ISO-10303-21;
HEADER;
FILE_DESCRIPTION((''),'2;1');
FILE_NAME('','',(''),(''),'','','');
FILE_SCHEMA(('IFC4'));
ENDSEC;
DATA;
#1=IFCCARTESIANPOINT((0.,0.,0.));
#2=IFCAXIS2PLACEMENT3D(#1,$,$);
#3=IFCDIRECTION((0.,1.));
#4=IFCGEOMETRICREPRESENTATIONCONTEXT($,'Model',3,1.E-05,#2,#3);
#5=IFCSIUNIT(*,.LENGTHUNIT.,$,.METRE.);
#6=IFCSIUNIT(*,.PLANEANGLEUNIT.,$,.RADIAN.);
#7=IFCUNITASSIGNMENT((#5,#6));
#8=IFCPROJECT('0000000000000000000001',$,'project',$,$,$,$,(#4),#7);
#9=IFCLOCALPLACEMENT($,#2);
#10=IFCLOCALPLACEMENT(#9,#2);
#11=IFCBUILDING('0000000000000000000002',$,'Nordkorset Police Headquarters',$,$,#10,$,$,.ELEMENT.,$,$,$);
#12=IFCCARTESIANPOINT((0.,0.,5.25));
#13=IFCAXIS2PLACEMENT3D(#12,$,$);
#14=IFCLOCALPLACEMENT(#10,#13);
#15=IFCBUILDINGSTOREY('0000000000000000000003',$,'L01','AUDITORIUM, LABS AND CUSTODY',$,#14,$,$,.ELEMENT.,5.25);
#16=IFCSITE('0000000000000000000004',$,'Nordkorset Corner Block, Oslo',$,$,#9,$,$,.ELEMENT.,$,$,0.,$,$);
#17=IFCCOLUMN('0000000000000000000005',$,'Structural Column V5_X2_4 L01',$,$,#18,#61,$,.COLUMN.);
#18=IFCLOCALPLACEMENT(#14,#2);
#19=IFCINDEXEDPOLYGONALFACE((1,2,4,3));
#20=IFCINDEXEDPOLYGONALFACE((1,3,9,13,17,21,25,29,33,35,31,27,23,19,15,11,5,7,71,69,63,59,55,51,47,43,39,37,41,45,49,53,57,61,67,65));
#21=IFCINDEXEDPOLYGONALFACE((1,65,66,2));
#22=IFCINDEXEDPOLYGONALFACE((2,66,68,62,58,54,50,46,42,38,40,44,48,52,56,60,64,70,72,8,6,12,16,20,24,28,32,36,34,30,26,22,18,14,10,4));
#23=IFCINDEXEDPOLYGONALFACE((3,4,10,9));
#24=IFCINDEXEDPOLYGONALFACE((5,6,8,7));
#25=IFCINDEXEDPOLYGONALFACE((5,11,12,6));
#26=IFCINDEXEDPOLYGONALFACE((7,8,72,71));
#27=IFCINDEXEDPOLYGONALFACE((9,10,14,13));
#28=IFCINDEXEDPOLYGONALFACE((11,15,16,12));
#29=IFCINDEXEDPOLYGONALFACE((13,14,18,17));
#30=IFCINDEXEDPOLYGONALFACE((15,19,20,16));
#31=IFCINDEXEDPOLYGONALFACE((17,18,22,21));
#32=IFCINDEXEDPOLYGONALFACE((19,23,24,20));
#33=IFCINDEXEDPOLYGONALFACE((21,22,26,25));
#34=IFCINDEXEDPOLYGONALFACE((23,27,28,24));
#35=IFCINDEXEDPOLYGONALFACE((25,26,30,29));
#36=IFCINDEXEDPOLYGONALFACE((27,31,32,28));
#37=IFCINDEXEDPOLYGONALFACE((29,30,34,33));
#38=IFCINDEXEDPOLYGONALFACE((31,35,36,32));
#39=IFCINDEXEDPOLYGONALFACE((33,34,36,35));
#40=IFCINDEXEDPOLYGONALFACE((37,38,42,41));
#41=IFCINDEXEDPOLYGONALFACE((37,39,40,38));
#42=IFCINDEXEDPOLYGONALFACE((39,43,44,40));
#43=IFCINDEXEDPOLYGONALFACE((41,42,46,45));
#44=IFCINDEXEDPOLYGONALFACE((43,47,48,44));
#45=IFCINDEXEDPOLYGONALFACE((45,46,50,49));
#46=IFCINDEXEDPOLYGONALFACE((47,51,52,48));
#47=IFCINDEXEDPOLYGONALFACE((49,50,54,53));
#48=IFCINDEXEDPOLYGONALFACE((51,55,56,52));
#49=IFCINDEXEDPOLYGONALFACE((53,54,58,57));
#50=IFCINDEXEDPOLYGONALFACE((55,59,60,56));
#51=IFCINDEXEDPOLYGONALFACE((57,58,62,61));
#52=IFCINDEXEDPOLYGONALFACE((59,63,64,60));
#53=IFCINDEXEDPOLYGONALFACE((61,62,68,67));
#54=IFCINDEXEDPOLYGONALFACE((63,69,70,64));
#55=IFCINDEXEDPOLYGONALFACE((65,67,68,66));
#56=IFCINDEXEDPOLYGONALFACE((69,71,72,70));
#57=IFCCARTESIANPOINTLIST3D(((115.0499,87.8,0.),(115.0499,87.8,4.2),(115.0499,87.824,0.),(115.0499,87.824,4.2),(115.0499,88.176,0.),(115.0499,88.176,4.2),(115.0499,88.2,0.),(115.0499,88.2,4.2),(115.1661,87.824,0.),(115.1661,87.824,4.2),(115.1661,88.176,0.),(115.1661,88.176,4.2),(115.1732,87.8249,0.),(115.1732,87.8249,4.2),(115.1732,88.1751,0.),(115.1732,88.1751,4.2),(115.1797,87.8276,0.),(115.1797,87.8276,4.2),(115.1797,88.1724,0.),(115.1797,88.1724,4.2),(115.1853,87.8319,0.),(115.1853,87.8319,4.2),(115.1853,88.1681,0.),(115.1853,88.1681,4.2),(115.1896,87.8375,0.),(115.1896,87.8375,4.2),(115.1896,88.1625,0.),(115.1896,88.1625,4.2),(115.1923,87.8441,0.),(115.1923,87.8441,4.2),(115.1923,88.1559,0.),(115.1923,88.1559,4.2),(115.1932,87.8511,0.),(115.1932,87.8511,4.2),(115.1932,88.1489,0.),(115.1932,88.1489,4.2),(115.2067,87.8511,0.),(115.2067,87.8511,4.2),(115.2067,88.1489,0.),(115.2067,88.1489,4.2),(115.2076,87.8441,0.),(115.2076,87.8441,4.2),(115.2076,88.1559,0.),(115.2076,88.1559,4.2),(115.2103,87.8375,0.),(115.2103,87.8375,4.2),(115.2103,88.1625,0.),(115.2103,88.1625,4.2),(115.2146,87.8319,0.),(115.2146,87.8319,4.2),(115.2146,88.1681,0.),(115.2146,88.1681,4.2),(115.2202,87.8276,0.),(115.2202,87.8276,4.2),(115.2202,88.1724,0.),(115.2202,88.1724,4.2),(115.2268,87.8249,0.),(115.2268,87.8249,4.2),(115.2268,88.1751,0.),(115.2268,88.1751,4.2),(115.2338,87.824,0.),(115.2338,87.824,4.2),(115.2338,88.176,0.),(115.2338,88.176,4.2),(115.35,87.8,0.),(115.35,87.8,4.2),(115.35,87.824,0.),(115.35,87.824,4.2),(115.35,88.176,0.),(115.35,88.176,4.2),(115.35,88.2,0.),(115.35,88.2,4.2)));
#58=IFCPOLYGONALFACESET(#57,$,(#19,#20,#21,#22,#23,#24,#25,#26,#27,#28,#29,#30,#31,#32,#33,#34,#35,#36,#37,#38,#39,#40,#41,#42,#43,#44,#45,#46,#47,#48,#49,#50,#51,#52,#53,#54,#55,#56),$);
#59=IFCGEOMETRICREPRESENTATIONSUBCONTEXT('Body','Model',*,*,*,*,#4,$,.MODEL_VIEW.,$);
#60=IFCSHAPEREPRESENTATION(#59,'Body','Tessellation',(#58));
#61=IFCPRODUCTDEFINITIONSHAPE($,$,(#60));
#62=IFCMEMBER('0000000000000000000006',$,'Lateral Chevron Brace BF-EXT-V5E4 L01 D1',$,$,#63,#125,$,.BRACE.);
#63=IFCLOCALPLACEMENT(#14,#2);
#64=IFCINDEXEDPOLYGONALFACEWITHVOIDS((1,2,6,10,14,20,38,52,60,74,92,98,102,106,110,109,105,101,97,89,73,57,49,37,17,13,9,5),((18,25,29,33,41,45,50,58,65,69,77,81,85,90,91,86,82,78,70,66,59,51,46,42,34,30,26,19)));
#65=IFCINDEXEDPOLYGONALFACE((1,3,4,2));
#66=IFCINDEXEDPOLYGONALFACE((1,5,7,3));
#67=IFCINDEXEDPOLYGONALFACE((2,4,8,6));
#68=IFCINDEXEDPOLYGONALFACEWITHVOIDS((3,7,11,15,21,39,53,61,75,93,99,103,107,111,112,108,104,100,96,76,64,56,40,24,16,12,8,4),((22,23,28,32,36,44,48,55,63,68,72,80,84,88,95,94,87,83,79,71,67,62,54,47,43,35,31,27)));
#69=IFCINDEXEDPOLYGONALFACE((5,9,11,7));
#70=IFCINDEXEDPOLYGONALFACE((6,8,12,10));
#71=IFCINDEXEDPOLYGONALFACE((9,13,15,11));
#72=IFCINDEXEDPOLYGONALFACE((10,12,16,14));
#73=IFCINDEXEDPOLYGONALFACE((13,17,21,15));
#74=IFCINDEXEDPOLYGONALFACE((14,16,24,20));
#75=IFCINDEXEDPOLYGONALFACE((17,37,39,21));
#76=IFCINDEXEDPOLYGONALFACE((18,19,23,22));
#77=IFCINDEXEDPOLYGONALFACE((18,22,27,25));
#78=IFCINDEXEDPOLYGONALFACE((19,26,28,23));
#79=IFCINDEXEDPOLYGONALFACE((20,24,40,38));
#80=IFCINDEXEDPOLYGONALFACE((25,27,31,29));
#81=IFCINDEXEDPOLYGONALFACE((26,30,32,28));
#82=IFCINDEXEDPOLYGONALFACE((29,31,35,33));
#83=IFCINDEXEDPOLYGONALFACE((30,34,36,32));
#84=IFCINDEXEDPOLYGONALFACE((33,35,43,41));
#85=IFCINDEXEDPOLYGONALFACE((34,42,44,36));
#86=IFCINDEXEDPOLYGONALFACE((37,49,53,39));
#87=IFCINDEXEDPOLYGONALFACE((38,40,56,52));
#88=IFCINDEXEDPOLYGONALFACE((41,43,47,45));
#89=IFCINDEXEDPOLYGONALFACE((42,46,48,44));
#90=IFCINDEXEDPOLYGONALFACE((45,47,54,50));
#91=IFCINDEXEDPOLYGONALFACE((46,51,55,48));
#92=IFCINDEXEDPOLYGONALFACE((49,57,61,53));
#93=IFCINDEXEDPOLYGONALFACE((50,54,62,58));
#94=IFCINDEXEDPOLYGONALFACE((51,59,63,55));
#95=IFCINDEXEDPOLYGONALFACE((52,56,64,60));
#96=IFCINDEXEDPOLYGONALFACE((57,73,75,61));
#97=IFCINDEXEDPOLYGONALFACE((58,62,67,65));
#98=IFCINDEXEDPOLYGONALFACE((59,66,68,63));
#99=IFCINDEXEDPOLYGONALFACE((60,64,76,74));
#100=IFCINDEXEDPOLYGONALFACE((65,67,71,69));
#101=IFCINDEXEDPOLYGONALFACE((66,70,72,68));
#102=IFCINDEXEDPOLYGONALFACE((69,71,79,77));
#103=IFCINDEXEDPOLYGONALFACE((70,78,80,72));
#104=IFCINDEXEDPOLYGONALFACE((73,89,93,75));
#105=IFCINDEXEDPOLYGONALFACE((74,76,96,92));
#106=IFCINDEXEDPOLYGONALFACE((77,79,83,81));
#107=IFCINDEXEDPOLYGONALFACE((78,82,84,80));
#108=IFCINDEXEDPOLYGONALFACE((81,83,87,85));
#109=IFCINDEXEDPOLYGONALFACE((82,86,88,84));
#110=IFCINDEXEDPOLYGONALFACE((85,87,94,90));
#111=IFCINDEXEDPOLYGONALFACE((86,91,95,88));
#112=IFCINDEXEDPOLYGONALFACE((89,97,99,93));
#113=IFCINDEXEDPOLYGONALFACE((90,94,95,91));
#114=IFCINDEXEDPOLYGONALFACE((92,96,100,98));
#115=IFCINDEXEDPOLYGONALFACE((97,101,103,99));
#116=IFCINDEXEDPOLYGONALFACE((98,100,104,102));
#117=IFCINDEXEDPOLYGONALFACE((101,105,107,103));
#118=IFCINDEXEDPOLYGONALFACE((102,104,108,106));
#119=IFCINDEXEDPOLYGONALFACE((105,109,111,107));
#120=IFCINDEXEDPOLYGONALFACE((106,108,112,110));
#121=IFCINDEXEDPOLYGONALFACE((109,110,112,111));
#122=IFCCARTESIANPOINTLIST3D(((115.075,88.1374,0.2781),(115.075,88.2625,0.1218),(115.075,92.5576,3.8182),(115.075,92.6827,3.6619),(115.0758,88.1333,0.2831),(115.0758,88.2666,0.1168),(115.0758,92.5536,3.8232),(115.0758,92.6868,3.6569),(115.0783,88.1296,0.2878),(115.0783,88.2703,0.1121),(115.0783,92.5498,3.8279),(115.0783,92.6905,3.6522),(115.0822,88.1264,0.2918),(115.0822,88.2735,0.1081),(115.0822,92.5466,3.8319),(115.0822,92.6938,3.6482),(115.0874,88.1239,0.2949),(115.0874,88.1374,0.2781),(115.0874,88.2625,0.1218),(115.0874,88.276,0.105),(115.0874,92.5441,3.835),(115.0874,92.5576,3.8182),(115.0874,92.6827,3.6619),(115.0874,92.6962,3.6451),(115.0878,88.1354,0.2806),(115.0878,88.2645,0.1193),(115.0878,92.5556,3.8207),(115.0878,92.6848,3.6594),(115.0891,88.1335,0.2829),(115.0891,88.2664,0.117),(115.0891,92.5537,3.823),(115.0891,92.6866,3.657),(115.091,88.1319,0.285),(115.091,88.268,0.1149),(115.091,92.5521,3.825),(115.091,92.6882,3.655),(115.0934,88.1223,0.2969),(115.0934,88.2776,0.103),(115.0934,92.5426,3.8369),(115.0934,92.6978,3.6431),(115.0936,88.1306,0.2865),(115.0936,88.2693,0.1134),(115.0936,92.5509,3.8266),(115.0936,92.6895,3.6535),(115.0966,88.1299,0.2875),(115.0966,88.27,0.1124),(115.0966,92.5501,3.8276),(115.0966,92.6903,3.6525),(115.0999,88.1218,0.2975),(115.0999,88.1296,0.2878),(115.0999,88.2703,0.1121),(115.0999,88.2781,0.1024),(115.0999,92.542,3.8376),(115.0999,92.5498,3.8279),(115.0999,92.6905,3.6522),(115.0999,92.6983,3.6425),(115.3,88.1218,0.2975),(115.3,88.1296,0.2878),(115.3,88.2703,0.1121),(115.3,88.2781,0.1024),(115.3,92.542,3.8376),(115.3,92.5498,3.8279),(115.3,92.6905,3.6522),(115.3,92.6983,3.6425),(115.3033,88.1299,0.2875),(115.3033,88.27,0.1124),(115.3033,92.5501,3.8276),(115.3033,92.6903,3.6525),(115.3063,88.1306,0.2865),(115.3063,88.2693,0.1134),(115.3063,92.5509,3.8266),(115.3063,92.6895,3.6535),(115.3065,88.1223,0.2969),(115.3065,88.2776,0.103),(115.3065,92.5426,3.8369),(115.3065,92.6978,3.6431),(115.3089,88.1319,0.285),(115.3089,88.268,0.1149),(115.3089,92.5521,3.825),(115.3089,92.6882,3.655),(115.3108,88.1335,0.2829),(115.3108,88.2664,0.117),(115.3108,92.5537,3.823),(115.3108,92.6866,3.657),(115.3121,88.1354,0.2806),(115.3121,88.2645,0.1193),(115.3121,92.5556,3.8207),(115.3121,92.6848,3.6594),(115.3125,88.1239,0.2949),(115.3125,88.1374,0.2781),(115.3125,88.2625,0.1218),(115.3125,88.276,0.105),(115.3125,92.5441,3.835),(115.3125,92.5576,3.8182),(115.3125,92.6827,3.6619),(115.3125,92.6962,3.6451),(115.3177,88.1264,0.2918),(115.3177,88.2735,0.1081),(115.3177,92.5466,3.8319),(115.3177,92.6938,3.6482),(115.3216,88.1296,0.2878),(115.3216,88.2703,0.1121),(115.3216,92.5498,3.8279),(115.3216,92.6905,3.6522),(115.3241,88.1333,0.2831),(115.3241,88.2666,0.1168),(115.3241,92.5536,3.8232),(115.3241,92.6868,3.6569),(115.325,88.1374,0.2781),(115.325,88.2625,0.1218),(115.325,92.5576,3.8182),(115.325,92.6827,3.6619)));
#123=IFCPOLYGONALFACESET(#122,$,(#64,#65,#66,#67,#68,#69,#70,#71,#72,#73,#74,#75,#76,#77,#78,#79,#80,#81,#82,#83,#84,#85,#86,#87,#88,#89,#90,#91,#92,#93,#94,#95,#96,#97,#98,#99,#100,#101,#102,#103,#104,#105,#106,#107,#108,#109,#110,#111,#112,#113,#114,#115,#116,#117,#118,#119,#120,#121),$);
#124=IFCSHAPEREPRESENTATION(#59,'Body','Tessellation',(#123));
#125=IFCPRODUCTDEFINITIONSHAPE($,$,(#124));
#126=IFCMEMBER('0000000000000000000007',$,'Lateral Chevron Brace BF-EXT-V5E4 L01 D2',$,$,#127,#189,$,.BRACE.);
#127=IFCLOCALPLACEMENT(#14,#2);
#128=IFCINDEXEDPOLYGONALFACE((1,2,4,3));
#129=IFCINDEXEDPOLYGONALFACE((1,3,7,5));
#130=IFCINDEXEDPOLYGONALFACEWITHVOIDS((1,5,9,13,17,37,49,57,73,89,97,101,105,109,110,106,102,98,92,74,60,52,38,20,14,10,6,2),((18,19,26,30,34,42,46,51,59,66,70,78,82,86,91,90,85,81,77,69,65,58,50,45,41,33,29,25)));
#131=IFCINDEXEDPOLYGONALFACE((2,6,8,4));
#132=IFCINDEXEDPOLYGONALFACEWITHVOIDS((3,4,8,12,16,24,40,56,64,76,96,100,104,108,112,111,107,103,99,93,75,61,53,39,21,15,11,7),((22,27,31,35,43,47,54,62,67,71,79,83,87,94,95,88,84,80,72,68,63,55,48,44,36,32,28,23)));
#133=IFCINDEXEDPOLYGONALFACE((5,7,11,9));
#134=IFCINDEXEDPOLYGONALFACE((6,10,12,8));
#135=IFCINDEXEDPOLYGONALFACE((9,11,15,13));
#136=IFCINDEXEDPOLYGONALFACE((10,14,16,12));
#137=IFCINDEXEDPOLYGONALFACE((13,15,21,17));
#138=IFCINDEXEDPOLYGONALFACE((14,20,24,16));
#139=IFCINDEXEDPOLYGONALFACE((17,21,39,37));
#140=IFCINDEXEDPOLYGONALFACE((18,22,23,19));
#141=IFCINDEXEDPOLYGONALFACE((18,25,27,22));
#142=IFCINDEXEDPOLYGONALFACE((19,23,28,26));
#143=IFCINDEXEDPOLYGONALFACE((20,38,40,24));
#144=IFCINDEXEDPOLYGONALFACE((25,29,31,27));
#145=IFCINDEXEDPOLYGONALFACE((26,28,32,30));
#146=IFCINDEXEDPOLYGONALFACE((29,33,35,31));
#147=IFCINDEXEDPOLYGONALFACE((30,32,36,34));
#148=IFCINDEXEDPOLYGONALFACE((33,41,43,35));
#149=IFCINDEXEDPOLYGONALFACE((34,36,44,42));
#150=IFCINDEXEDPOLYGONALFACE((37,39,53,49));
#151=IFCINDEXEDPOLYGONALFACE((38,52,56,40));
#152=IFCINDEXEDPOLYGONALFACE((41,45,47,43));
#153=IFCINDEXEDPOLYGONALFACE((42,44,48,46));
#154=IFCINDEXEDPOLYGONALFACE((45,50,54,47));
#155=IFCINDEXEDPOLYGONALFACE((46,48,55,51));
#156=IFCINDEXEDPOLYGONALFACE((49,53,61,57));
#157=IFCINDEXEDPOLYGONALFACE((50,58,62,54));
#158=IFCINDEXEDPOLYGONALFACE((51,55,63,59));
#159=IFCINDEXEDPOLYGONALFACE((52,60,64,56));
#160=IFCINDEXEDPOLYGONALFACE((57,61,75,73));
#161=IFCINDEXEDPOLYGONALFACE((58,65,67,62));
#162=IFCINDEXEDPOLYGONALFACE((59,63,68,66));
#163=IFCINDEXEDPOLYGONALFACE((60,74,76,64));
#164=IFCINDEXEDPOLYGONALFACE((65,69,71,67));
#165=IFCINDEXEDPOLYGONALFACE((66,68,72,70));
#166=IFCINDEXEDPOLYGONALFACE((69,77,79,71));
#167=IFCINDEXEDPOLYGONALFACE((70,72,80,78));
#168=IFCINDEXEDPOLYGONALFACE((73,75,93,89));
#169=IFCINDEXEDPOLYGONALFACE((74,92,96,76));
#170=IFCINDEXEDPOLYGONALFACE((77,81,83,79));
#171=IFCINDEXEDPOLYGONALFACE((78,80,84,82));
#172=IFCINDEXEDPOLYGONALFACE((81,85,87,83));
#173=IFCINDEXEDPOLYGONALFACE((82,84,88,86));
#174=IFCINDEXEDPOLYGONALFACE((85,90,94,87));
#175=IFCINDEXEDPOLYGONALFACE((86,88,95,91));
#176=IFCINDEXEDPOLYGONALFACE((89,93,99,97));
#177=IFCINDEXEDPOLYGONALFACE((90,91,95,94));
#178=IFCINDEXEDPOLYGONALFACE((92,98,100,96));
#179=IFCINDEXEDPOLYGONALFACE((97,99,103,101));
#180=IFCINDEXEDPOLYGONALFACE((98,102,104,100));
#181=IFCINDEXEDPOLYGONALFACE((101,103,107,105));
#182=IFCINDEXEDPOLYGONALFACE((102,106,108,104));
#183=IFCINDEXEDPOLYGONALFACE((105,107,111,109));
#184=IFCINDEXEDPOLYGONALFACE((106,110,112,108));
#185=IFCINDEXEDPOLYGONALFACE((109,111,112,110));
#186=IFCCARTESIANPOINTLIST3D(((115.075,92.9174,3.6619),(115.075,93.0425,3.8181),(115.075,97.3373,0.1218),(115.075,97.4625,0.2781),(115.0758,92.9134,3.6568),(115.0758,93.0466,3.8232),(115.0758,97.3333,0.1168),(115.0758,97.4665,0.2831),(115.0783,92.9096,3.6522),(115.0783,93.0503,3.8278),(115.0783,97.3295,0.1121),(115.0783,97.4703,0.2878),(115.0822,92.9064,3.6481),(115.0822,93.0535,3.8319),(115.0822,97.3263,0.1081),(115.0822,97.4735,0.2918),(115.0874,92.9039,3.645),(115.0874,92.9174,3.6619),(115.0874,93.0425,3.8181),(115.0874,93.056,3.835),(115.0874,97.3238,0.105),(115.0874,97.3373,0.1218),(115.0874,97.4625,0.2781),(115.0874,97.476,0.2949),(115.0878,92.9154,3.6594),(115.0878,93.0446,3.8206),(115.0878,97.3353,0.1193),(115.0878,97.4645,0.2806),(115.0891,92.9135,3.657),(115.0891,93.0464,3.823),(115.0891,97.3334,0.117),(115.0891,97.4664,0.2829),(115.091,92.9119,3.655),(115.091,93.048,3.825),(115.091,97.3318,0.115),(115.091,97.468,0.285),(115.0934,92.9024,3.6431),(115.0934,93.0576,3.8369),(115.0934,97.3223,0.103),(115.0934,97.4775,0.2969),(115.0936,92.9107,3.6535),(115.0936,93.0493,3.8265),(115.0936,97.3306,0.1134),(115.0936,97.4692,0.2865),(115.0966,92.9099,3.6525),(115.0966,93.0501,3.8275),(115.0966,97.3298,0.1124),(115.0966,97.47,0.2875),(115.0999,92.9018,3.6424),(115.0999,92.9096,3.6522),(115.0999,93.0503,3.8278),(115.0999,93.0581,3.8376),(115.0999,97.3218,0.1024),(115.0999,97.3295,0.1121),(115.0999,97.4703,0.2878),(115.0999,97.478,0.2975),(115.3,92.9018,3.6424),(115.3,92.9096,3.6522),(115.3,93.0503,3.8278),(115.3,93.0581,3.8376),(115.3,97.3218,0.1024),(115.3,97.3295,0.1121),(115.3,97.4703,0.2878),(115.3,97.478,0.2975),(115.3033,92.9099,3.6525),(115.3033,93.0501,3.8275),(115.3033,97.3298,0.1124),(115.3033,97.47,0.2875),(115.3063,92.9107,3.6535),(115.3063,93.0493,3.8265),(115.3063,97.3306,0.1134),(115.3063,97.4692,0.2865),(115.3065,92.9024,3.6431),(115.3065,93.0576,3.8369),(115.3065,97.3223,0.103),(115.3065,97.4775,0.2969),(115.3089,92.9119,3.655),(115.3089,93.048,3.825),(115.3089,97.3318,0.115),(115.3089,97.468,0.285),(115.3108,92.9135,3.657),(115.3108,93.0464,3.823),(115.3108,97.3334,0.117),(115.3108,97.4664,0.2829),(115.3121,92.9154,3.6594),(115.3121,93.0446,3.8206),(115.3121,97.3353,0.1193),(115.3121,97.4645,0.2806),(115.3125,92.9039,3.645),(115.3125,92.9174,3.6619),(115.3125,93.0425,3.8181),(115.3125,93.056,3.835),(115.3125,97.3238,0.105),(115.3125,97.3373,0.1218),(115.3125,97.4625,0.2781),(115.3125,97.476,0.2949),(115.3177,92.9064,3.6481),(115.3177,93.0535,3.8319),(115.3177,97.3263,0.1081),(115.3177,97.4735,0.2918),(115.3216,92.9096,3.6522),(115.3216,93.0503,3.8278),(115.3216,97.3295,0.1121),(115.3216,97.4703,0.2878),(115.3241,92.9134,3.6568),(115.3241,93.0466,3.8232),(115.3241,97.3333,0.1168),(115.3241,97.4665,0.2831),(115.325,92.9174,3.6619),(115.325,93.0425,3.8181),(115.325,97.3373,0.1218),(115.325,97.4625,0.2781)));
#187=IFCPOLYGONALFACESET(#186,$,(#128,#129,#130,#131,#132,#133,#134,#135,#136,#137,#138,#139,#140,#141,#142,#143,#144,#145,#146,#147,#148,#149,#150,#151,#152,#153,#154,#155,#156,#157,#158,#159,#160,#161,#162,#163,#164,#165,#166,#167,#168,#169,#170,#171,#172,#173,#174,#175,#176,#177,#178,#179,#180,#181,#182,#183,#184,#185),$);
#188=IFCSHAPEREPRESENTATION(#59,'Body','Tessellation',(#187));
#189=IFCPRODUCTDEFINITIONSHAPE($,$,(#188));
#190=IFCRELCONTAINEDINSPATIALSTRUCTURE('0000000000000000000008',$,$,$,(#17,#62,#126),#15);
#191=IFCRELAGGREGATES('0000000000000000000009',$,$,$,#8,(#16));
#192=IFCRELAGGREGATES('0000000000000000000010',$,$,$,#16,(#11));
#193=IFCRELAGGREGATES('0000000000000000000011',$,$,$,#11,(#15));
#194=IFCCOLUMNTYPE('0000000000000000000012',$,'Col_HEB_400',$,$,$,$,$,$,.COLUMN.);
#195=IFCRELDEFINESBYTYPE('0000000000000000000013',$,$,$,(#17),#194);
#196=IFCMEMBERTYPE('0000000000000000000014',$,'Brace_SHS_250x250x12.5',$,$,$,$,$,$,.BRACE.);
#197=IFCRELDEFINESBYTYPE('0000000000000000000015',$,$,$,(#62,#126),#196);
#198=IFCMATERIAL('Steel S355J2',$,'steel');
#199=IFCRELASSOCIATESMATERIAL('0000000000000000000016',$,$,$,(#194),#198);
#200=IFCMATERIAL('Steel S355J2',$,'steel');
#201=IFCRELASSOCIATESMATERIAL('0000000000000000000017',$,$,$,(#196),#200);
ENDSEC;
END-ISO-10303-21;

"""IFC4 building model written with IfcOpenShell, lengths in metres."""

from ifc_helpers import new_model, si_unit, direction, frame, origin, origin_2d, place, context, subcontext, project, spatial, hollow_rectangle, i_section, extrude, material, material_profile, profile_set, type_object, element, save


model = new_model("IFC4")

# Units and contexts
model_context = context("Model", 3, precision=1e-05, world=origin(), true_north=direction((0.0, 1.0)))
body_context = subcontext(model_context, "Body", "Model", "MODEL_VIEW")
ifc_project = project(units=[si_unit("LENGTHUNIT", "METRE"), si_unit("PLANEANGLEUNIT", "RADIAN")], contexts=[model_context])

# Site, building, storey
site_placement = place(None, origin())
site = spatial("IfcSite", under=ifc_project, at=site_placement, Name="Nordkorset Corner Block, Oslo", CompositionType="ELEMENT", RefElevation=0.0)
building_placement = place(site_placement, origin())
building = spatial("IfcBuilding", under=site, at=building_placement, Name="Nordkorset Police Headquarters", CompositionType="ELEMENT")
storey_placement = place(building_placement, frame((0.0, 0.0, 5.25)))
storey = spatial("IfcBuildingStorey", under=building, at=storey_placement, Name="L01", Description="AUDITORIUM, LABS AND CUSTODY", CompositionType="ELEMENT", Elevation=5.25)

# Column
ifc_material_1 = material(Name="Steel S355J2", Category="steel")
ifc_material_profile_1 = material_profile(ifc_material_1, i_section(OverallWidth=0.3, OverallDepth=0.3999, WebThickness=0.0134, FlangeThickness=0.0239, FilletRadius=0.0271, at=origin_2d()), Name="HEB 400")
ifc_profile_set_1 = profile_set([ifc_material_profile_1], Name="Steel S355J2")
column_type = type_object("IfcColumnType", Name="Col_HEB_400", PredefinedType="COLUMN", material=ifc_profile_set_1)
column_placement = place(storey_placement, frame((115.2, 88.0, 0.0), z_axis=(0.0, 0.0, 1.0), x_axis=(1.0, 0.0, 0.0)))
element("IfcColumn", 1, at=column_placement, inside=storey, type_object=column_type, Name="Structural Column V5_X2_4 L01", PredefinedType="COLUMN", context=body_context, shape_type="SweptSolid", body=[
    extrude(i_section(OverallWidth=0.3, OverallDepth=0.3999, WebThickness=0.0134, FlangeThickness=0.0239, FilletRadius=0.0271, at=origin_2d()), origin(), (0.0, 0.0, 1.0), 4.2),
])

# Members
ifc_material_2 = material(Name="Steel S355J2", Category="steel")
ifc_material_profile_2 = material_profile(ifc_material_2, hollow_rectangle(XDim=0.25, YDim=0.25, WallThickness=0.0125, InnerFilletRadius=0.0125, OuterFilletRadius=0.0249, at=origin_2d()), Name="SHS 250x250x12.5")
ifc_profile_set_2 = profile_set([ifc_material_profile_2], Name="Steel S355J2")
member_type = type_object("IfcMemberType", Name="Brace_SHS_250x250x12.5", PredefinedType="BRACE", material=ifc_profile_set_2)
member_1_placement = place(storey_placement, frame((115.2, 88.2, 0.2), z_axis=(0.0, 0.780532, 0.625116), x_axis=(-1.0, 0.0, 0.0)))
element("IfcMember", 2, at=member_1_placement, inside=storey, type_object=member_type, Name="Lateral Chevron Brace BF-EXT-V5E4 L01 D1", PredefinedType="BRACE", context=body_context, shape_type="SweptSolid", body=[
    extrude(hollow_rectangle(XDim=0.25, YDim=0.25, WallThickness=0.0125, InnerFilletRadius=0.0125, OuterFilletRadius=0.0249, at=origin_2d()), origin(), (0.0, 0.0, 1.0), 5.6631),
])
member_2_placement = place(storey_placement, frame((115.2, 97.3999, 0.2), z_axis=(0.0, -0.780515, 0.625137), x_axis=(1.0, 0.0, 0.0)))
element("IfcMember", 3, at=member_2_placement, inside=storey, type_object=member_type, Name="Lateral Chevron Brace BF-EXT-V5E4 L01 D2", PredefinedType="BRACE", context=body_context, shape_type="SweptSolid", body=[
    extrude(hollow_rectangle(XDim=0.25, YDim=0.25, WallThickness=0.0125, InnerFilletRadius=0.0125, OuterFilletRadius=0.0249, at=origin_2d()), origin(), (0.0, 0.0, 1.0), 5.6628),
])

save(model, "model.ifc")
